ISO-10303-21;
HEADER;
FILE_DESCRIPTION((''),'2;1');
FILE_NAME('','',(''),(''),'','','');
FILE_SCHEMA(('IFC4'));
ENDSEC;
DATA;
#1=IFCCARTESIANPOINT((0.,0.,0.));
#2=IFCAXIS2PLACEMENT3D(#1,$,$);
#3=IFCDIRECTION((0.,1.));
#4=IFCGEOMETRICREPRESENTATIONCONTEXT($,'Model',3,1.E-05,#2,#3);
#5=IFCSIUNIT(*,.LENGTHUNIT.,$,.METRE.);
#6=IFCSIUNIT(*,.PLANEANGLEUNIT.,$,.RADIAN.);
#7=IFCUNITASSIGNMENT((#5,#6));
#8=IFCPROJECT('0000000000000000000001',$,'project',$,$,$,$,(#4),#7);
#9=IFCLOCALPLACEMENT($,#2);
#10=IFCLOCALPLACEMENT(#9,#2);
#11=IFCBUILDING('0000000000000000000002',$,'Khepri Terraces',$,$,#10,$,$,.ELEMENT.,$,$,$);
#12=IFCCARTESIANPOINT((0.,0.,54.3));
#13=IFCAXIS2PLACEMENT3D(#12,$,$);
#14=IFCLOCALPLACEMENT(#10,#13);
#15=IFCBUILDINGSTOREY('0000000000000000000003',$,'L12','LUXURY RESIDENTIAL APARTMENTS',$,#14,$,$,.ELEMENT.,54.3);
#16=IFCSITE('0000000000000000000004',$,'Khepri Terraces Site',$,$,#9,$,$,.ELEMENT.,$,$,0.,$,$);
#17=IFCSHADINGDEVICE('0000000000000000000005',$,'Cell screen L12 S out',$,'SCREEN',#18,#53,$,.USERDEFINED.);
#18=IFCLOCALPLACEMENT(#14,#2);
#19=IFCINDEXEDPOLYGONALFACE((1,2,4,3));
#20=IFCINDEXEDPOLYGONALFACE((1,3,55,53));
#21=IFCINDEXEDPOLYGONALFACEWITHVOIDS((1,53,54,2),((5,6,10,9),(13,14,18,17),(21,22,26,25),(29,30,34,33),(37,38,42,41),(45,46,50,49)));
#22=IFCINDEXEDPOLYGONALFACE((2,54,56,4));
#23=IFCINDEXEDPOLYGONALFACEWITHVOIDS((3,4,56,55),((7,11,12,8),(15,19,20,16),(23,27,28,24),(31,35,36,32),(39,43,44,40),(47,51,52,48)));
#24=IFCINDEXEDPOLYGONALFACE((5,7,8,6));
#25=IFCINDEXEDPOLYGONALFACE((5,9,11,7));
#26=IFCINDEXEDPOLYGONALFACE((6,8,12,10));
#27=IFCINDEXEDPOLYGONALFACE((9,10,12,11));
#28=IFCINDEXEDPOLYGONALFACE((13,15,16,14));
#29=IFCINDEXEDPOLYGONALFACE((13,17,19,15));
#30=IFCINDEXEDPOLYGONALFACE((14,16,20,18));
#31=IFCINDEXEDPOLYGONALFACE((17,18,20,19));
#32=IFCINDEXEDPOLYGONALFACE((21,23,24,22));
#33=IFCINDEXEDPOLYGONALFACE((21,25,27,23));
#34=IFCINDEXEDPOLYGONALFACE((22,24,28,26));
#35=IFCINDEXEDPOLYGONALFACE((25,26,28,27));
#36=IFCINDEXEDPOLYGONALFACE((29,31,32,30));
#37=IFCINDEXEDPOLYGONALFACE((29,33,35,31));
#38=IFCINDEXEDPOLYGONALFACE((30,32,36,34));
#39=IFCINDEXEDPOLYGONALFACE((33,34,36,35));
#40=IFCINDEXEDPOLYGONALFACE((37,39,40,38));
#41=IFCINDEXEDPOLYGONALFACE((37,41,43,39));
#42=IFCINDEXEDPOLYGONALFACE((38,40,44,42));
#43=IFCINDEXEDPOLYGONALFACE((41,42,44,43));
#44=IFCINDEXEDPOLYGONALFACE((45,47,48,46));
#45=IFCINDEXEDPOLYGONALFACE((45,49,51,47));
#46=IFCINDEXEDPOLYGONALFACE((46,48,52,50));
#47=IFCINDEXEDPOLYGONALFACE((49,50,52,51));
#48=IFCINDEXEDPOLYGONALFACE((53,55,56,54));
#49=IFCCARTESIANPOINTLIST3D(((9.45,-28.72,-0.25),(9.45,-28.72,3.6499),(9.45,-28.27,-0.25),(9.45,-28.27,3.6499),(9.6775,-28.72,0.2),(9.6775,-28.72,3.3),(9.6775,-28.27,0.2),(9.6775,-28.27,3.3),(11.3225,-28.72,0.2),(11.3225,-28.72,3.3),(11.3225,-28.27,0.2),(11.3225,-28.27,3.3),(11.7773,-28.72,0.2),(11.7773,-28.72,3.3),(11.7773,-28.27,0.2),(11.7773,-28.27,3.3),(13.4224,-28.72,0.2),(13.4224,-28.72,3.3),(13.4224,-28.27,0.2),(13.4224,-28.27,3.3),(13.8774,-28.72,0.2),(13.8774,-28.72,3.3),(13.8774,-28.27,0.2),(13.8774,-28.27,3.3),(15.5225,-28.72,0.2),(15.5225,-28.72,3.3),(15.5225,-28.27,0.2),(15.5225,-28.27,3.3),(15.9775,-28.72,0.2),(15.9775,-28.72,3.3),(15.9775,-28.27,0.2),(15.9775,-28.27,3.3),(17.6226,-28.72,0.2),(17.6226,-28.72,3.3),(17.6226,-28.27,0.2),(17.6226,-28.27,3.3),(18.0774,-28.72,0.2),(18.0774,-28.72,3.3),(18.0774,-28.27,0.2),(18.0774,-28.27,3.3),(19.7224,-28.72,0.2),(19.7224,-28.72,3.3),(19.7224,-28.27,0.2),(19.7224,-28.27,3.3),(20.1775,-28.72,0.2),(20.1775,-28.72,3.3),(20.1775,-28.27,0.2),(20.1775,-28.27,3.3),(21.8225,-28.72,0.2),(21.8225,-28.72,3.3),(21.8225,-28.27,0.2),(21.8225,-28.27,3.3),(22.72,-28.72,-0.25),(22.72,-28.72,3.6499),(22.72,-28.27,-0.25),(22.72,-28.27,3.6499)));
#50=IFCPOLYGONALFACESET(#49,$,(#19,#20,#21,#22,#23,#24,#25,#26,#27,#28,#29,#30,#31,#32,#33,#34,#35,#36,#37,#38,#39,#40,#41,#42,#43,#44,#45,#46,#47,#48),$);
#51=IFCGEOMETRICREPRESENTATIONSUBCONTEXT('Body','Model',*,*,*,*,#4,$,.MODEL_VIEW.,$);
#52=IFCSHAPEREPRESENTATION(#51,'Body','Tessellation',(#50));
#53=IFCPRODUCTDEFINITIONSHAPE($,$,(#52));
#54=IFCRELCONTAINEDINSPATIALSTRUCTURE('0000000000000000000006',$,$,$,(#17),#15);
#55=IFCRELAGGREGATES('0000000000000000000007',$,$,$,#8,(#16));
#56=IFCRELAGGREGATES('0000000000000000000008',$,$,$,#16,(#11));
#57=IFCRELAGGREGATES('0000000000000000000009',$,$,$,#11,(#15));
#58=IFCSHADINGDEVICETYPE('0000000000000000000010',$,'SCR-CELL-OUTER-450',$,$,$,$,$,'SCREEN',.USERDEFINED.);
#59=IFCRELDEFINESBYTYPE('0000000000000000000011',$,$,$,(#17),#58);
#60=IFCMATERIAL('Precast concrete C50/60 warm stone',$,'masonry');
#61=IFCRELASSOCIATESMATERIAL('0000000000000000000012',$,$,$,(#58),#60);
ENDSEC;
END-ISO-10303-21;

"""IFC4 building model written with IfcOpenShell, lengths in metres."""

from ifc_helpers import new_model, si_unit, direction, frame, origin, place, context, subcontext, project, spatial, polyline, outline, extrude, material, type_object, element, save


model = new_model("IFC4")

# Units and contexts
model_context = context("Model", 3, precision=1e-05, world=origin(), true_north=direction((0.0, 1.0)))
body_context = subcontext(model_context, "Body", "Model", "MODEL_VIEW")
ifc_project = project(units=[si_unit("LENGTHUNIT", "METRE"), si_unit("PLANEANGLEUNIT", "RADIAN")], contexts=[model_context])

# Site, building, storey
site_placement = place(None, origin())
site = spatial("IfcSite", under=ifc_project, at=site_placement, Name="Khepri Terraces Site", CompositionType="ELEMENT", RefElevation=0.0)
building_placement = place(site_placement, origin())
building = spatial("IfcBuilding", under=site, at=building_placement, Name="Khepri Terraces", CompositionType="ELEMENT")
storey_placement = place(building_placement, frame((0.0, 0.0, 54.3)))
storey = spatial("IfcBuildingStorey", under=building, at=storey_placement, Name="L12", Description="LUXURY RESIDENTIAL APARTMENTS", CompositionType="ELEMENT", Elevation=54.3)

# Shared definitions
ifc_material_1 = material(Name="Precast concrete C50/60 warm stone", Category="masonry")

# Shading device
shading_device_type_1 = type_object("IfcShadingDeviceType", Name="SCR-CELL-OUTER-450", ElementType="SCREEN", PredefinedType="USERDEFINED", material=ifc_material_1)
shading_device_1_placement = place(storey_placement, frame((9.45, -28.27, -0.25), z_axis=(0.0, -1.0, 0.0), x_axis=(1.0, 0.0, 0.0)))
element("IfcShadingDevice", 1, at=shading_device_1_placement, inside=storey, type_object=shading_device_type_1, Name="Cell screen L12 S out", ObjectType="SCREEN", PredefinedType="USERDEFINED", context=body_context, shape_type="SweptSolid", body=[
    extrude(outline(polyline([(0.0, 0.0), (13.27, 0.0), (13.27, 3.8999), (0.0, 3.8999), (0.0, 0.0)]), holes=[polyline([(0.2275, 0.45), (1.8726, 0.45), (1.8726, 3.55), (0.2275, 3.55), (0.2275, 0.45)]), polyline([(2.3274, 0.45), (3.9724, 0.45), (3.9724, 3.55), (2.3274, 3.55), (2.3274, 0.45)]), polyline([(4.4275, 0.45), (6.0725, 0.45), (6.0725, 3.55), (4.4275, 3.55), (4.4275, 0.45)]), polyline([(6.5276, 0.45), (8.1726, 0.45), (8.1726, 3.55), (6.5276, 3.55), (6.5276, 0.45)]), polyline([(8.6274, 0.45), (10.2725, 0.45), (10.2725, 3.55), (8.6274, 3.55), (8.6274, 0.45)]), polyline([(10.7275, 0.45), (12.3726, 0.45), (12.3726, 3.55), (10.7275, 3.55), (10.7275, 0.45)])]), origin(), (0.0, 0.0, 1.0), 0.45),
])

save(model, "model.ifc")
